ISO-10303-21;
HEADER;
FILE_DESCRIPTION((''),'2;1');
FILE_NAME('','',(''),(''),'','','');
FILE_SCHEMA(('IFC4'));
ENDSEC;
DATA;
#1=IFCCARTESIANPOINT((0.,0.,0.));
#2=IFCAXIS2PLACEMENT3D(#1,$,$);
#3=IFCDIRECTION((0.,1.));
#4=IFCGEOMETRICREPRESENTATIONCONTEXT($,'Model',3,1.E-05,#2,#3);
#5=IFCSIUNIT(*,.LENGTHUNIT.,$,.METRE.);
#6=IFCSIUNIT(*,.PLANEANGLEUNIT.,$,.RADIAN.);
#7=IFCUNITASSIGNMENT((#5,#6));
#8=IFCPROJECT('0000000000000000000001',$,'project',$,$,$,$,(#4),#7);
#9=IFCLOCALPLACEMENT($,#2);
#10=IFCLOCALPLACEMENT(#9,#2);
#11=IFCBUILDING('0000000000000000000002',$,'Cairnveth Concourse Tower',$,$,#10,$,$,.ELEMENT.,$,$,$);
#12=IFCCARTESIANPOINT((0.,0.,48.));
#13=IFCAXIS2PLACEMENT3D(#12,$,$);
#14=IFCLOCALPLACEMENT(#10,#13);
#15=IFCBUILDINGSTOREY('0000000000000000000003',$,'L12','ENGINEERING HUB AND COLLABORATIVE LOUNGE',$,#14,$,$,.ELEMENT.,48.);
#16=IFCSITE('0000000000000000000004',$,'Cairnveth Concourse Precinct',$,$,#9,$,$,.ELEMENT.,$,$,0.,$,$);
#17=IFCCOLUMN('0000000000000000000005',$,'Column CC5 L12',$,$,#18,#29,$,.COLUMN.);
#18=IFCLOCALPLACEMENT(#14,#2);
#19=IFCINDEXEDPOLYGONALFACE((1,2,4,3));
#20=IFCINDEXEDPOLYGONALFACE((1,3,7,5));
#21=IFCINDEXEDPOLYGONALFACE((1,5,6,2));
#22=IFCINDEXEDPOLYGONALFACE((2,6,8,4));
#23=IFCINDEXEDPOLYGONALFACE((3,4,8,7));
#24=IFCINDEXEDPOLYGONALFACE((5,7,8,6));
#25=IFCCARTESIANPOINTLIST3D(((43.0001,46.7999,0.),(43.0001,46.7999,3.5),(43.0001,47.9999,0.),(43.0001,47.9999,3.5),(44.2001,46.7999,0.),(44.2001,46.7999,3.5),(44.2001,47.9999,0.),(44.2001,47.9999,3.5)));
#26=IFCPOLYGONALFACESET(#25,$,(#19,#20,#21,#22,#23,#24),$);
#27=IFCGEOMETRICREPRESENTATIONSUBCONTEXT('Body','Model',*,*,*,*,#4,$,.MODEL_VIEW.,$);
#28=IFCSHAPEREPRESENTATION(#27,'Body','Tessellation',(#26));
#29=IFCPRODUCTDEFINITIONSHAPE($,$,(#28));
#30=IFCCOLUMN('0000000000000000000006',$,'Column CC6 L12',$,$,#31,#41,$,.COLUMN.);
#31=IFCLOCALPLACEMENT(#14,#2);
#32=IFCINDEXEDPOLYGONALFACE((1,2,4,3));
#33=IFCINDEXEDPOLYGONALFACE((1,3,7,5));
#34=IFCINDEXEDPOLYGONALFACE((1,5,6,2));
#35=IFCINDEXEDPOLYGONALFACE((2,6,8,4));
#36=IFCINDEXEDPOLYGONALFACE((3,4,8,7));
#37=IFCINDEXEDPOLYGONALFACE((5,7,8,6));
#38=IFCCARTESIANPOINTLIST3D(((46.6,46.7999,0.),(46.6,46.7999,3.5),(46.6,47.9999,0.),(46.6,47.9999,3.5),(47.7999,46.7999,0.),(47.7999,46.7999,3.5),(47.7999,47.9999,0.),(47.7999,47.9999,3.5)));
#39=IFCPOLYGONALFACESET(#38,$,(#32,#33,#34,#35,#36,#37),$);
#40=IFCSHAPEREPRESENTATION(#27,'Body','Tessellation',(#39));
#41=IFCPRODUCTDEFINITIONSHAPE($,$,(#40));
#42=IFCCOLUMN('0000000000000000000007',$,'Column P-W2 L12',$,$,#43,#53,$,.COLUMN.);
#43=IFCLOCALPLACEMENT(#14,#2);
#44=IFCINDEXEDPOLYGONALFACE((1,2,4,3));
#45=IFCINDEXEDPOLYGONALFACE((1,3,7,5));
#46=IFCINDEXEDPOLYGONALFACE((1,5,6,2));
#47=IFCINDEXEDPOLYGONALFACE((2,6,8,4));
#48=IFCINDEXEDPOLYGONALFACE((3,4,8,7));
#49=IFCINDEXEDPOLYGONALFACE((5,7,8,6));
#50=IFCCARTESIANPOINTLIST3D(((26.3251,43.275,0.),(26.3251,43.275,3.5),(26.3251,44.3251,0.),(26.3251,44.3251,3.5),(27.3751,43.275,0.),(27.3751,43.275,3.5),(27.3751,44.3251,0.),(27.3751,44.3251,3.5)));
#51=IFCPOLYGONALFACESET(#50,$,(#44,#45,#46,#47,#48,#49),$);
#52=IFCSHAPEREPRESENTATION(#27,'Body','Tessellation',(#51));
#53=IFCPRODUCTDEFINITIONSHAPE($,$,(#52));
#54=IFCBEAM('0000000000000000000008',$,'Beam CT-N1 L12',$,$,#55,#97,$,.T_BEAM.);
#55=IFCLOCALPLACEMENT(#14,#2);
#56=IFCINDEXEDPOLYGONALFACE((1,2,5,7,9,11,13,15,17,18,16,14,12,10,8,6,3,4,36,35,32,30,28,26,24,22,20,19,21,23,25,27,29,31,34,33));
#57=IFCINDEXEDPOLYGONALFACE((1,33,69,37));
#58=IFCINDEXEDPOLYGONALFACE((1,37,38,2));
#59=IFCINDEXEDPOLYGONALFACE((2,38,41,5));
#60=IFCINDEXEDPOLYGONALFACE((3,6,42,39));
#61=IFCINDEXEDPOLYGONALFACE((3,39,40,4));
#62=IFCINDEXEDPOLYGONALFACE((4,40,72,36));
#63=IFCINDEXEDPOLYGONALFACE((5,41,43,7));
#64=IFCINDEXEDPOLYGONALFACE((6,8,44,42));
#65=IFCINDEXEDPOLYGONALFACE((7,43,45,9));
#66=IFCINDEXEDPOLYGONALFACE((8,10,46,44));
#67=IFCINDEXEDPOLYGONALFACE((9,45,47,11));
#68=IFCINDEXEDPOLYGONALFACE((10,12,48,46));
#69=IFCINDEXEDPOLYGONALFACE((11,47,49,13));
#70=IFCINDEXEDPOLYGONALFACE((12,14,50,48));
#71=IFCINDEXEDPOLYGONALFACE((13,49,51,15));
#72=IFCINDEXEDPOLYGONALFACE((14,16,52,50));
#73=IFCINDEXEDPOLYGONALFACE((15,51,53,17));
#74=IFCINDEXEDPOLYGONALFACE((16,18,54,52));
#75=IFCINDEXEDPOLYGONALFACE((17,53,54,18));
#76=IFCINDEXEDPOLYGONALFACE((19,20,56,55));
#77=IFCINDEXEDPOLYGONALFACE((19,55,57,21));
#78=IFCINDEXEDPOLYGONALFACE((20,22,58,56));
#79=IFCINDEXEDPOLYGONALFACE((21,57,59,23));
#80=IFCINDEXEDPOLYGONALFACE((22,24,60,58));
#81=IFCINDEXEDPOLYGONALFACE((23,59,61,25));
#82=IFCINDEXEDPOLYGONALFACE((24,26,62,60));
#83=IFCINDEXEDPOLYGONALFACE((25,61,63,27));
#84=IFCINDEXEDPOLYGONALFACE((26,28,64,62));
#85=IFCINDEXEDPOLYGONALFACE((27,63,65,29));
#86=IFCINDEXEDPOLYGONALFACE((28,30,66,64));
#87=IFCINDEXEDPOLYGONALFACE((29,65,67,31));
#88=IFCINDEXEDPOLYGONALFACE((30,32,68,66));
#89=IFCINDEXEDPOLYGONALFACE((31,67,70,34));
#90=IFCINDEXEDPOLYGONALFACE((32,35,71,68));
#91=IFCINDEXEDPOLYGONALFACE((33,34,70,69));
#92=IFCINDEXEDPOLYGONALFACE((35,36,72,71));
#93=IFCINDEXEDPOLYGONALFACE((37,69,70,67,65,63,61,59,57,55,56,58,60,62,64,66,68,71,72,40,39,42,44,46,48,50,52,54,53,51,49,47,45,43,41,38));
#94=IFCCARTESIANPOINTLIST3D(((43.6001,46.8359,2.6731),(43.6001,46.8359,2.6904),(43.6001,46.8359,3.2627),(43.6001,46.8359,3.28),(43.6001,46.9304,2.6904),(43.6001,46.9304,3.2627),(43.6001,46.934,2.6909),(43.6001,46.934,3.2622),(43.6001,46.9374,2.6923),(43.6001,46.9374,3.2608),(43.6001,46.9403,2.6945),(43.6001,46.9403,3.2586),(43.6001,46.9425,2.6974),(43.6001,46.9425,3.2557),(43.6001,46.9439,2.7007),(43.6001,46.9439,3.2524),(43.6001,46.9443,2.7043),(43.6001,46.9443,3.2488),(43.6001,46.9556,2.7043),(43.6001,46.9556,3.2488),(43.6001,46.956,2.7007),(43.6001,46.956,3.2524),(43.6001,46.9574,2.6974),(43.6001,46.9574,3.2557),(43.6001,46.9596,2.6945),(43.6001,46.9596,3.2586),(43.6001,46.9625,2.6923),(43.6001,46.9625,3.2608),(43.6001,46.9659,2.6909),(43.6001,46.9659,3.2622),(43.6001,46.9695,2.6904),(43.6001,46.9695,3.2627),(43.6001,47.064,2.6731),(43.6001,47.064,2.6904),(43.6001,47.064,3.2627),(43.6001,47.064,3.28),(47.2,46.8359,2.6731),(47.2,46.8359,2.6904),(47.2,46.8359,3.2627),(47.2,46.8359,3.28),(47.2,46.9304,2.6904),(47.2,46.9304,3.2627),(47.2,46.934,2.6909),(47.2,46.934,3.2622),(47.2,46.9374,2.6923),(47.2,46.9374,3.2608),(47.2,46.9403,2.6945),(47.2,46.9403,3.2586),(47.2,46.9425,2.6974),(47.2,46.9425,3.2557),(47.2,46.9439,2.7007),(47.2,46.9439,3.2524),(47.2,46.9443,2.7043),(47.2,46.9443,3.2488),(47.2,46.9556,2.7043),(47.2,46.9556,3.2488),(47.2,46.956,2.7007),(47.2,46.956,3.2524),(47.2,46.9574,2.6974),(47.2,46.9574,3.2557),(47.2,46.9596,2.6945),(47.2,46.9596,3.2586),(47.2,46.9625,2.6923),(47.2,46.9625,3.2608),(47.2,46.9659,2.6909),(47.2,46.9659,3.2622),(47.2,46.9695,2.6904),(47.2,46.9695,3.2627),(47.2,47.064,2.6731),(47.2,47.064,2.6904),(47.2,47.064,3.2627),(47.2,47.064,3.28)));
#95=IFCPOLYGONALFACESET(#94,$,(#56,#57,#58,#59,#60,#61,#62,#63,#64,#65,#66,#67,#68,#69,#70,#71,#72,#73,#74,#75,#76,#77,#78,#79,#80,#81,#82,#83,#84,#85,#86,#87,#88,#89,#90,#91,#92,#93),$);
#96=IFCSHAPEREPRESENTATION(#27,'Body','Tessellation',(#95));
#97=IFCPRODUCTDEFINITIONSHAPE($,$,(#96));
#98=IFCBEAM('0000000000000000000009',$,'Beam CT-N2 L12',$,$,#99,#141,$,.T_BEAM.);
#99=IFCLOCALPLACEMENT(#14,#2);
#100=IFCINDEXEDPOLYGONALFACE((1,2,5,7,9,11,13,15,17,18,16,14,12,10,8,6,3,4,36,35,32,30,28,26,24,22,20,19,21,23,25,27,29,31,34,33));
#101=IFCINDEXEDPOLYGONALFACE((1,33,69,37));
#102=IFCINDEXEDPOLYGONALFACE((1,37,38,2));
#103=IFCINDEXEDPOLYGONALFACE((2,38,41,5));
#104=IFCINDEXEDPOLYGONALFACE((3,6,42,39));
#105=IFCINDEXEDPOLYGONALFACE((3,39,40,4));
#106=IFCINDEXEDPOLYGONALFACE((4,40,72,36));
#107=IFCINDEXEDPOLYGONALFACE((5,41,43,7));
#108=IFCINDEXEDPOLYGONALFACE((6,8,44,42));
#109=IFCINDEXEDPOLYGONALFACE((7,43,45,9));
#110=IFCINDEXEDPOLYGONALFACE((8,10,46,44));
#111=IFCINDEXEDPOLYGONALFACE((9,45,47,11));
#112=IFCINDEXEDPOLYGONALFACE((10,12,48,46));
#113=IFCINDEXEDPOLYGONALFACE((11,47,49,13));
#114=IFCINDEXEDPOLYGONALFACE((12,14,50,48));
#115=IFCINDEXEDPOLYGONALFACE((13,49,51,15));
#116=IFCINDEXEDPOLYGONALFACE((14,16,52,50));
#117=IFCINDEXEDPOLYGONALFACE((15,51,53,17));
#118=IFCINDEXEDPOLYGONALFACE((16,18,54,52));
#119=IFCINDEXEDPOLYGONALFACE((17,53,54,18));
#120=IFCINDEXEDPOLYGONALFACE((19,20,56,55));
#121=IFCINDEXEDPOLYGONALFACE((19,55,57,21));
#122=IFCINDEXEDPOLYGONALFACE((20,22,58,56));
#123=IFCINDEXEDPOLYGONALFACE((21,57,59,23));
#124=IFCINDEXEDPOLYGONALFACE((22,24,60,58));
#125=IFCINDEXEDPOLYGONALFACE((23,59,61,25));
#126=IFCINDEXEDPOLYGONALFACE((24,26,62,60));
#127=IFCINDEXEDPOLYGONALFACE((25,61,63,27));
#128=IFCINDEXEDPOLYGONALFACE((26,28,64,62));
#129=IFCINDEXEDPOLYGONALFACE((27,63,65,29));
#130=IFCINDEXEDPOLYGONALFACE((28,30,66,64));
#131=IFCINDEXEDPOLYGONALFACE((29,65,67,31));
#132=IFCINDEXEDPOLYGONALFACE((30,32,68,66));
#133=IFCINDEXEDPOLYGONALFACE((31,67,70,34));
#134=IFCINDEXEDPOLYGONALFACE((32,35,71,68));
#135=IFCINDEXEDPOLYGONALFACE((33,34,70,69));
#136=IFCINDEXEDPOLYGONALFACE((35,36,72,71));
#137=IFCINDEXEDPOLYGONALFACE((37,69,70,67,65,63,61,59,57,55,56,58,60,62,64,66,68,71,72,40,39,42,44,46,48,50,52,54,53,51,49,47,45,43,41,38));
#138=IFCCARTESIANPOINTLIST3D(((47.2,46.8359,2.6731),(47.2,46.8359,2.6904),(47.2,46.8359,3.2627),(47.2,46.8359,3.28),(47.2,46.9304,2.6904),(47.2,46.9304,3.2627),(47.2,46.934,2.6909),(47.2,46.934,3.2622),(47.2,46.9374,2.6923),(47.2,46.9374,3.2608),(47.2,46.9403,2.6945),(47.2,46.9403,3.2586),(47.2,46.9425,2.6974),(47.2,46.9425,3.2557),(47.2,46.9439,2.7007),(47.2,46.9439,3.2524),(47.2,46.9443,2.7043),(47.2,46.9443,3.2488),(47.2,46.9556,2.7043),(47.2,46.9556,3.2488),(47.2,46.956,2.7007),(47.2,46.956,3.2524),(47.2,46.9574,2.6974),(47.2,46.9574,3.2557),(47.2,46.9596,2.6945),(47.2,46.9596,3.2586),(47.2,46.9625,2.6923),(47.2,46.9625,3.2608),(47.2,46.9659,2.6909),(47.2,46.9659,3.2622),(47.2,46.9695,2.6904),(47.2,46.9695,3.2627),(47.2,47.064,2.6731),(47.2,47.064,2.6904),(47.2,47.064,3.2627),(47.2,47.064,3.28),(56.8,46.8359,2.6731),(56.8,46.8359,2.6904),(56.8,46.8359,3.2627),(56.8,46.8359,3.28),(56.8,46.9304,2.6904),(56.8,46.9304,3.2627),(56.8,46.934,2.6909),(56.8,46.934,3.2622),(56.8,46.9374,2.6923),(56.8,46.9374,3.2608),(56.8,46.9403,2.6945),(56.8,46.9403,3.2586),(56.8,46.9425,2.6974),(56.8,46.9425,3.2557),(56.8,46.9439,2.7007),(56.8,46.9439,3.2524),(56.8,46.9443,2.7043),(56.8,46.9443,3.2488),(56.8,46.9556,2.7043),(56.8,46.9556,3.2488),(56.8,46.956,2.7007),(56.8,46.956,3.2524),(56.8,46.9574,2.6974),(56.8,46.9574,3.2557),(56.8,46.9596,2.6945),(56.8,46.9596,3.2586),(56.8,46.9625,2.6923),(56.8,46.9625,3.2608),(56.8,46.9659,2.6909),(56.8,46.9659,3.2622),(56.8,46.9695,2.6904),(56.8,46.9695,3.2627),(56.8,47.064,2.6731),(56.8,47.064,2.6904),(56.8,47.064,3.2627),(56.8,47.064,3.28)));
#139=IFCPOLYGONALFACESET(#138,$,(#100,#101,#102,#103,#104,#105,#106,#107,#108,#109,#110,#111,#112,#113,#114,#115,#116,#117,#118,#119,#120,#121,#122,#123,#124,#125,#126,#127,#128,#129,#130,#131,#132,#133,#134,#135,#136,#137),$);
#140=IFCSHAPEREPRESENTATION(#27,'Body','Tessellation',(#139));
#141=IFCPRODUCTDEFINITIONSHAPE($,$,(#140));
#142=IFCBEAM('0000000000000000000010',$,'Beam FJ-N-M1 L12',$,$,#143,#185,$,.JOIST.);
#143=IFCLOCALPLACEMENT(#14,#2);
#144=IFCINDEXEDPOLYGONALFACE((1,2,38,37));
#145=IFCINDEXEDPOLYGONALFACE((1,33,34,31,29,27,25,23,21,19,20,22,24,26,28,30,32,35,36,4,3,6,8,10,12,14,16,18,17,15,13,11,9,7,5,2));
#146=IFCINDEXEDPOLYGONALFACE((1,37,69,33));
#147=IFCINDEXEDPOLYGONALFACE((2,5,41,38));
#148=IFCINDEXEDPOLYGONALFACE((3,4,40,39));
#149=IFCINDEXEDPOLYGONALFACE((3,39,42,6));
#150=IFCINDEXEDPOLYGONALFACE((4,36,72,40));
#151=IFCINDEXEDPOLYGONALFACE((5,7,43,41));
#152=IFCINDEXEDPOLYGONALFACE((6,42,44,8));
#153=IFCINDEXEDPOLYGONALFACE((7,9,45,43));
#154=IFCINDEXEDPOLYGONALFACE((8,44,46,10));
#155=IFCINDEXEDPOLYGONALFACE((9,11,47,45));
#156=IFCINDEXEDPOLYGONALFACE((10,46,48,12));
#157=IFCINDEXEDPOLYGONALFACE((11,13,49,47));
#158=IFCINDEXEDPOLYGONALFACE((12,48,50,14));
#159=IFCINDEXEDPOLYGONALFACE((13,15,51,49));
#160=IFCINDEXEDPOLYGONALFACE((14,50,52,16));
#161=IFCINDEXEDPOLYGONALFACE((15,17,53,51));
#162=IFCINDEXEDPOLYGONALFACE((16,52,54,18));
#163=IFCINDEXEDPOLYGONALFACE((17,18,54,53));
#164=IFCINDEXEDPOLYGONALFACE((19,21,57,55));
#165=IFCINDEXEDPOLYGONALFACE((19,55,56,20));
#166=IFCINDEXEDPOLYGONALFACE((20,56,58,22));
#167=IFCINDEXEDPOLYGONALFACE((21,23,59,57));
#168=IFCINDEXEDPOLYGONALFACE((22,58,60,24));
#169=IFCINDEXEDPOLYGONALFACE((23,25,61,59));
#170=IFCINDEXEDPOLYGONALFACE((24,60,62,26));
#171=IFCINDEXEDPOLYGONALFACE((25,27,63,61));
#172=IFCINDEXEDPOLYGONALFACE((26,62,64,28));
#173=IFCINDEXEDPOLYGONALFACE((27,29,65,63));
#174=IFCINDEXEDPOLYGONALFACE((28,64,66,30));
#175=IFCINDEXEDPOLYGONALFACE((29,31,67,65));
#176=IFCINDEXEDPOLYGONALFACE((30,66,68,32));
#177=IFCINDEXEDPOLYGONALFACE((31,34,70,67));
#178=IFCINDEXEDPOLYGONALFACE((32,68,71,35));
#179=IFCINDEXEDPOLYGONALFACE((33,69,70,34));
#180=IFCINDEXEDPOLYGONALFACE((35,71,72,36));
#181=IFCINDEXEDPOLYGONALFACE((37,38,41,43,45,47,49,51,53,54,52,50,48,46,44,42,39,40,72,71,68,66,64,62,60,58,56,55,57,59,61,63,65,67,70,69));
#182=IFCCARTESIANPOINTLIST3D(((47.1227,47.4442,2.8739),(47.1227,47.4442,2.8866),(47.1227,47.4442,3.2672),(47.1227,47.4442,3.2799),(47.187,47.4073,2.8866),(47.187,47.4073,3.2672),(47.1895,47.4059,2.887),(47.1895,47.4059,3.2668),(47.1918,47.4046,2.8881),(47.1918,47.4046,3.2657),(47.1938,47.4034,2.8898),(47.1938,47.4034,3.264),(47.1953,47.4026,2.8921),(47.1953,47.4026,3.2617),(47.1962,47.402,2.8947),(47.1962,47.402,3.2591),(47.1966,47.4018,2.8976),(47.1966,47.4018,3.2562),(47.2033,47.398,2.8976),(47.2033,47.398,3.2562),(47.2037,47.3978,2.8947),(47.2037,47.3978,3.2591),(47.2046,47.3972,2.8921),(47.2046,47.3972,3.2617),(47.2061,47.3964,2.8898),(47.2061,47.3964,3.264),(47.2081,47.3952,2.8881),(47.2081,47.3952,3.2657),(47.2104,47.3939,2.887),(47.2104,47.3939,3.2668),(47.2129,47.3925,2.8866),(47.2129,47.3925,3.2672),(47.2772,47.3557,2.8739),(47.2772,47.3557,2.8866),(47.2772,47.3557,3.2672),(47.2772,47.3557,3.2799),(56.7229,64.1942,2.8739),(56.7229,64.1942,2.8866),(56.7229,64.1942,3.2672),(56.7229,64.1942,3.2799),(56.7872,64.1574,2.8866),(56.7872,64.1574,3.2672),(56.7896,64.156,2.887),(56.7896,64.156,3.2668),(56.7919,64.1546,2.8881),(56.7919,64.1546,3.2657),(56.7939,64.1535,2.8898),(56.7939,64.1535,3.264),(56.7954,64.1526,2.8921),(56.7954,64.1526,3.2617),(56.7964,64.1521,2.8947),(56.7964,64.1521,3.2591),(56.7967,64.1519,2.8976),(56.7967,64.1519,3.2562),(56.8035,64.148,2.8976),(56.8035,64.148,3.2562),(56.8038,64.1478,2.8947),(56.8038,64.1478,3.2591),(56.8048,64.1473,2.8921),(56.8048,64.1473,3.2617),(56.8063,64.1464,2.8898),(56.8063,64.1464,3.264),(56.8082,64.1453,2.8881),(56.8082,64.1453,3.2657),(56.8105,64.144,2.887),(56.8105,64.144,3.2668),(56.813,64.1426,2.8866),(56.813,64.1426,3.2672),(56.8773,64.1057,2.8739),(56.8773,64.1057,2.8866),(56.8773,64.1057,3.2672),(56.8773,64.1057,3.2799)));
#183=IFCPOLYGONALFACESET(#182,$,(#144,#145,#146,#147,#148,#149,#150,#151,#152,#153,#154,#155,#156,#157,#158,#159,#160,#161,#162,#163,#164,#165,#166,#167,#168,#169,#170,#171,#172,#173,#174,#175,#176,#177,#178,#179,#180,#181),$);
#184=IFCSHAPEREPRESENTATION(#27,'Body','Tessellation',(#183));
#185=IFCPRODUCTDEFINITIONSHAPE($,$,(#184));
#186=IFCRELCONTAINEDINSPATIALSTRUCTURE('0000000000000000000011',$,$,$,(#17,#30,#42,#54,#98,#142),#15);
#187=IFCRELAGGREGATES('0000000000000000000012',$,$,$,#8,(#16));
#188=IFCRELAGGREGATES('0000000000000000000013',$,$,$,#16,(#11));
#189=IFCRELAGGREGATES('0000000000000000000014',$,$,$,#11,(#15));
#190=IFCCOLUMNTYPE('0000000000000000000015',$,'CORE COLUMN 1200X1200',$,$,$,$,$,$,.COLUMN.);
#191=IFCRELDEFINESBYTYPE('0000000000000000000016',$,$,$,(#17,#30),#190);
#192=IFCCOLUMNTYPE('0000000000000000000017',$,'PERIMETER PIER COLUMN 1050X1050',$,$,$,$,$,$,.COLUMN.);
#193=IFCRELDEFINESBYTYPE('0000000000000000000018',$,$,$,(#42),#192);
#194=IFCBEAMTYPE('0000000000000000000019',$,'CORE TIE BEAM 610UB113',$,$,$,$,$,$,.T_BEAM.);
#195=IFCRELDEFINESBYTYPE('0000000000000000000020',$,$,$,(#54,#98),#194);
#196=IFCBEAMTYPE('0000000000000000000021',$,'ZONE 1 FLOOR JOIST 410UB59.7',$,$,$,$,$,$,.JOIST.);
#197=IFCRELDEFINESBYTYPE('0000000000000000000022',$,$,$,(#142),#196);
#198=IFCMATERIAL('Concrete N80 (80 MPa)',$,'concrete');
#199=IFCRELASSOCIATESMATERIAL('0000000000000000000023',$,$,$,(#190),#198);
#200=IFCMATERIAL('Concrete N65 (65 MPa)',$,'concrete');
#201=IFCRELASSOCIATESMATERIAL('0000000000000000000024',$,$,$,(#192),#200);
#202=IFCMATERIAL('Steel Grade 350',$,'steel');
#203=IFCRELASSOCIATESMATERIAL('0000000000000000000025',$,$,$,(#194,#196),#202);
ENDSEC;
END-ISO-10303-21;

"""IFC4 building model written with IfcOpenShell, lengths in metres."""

from ifc_helpers import new_model, si_unit, direction, frame, origin, origin_2d, place, context, subcontext, project, spatial, rectangle, i_section, extrude, material, material_profile, profile_set, type_object, element, save


model = new_model("IFC4")

# Units and contexts
model_context = context("Model", 3, precision=1e-05, world=origin(), true_north=direction((0.0, 1.0)))
body_context = subcontext(model_context, "Body", "Model", "MODEL_VIEW")
ifc_project = project(units=[si_unit("LENGTHUNIT", "METRE"), si_unit("PLANEANGLEUNIT", "RADIAN")], contexts=[model_context])

# Site, building, storey
site_placement = place(None, origin())
site = spatial("IfcSite", under=ifc_project, at=site_placement, Name="Cairnveth Concourse Precinct", CompositionType="ELEMENT", RefElevation=0.0)
building_placement = place(site_placement, origin())
building = spatial("IfcBuilding", under=site, at=building_placement, Name="Cairnveth Concourse Tower", CompositionType="ELEMENT")
storey_placement = place(building_placement, frame((0.0, 0.0, 48.0)))
storey = spatial("IfcBuildingStorey", under=building, at=storey_placement, Name="L12", Description="ENGINEERING HUB AND COLLABORATIVE LOUNGE", CompositionType="ELEMENT", Elevation=48.0)

# Columns
ifc_material_1 = material(Name="Concrete N80 (80 MPa)", Category="concrete")
ifc_material_profile_1 = material_profile(ifc_material_1, rectangle(XDim=1.2, YDim=1.2, at=origin_2d()), Name="RC-COL-1200x1200")
ifc_profile_set_1 = profile_set([ifc_material_profile_1], Name="Concrete N80 (80 MPa)")
column_type_1 = type_object("IfcColumnType", Name="CORE COLUMN 1200X1200", PredefinedType="COLUMN", material=ifc_profile_set_1)
for number, where, z_axis, x_axis, name in (
    (1, (43.6001, 47.3999, 0.0), (0.0, 0.0, 1.0), (1.0, 0.0, 0.0), "Column CC5 L12"),
    (2, (47.2, 47.3999, 0.0), (0.0, 0.0, 1.0), (1.0, 0.0, 0.0), "Column CC6 L12"),
):
    element("IfcColumn", number, at=place(storey_placement, frame(where, z_axis=z_axis, x_axis=x_axis)), inside=storey, type_object=column_type_1, Name=name, PredefinedType="COLUMN", context=body_context, shape_type="SweptSolid", body=[
        extrude(rectangle(XDim=1.2, YDim=1.2, at=origin_2d()), origin(), (0.0, 0.0, 1.0), 3.5),
    ])
ifc_material_2 = material(Name="Concrete N65 (65 MPa)", Category="concrete")
ifc_material_profile_2 = material_profile(ifc_material_2, rectangle(XDim=1.05, YDim=1.05, at=origin_2d()), Name="RC-COL-1050x1050")
ifc_profile_set_2 = profile_set([ifc_material_profile_2], Name="Concrete N65 (65 MPa)")
column_type_2 = type_object("IfcColumnType", Name="PERIMETER PIER COLUMN 1050X1050", PredefinedType="COLUMN", material=ifc_profile_set_2)
column_placement = place(storey_placement, frame((26.8501, 43.8, 0.0), z_axis=(0.0, 0.0, 1.0), x_axis=(0.0, 1.0, 0.0)))
element("IfcColumn", 3, at=column_placement, inside=storey, type_object=column_type_2, Name="Column P-W2 L12", PredefinedType="COLUMN", context=body_context, shape_type="SweptSolid", body=[
    extrude(rectangle(XDim=1.05, YDim=1.05, at=origin_2d()), origin(), (0.0, 0.0, 1.0), 3.5),
])

# Beams
ifc_material_3 = material(Name="Steel Grade 350", Category="steel")
ifc_material_profile_3 = material_profile(ifc_material_3, i_section(OverallWidth=0.228, OverallDepth=0.6069, WebThickness=0.0112, FlangeThickness=0.0173, FilletRadius=0.0139, at=origin_2d()), Name="610UB113")
ifc_profile_set_3 = profile_set([ifc_material_profile_3], Name="Steel Grade 350")
beam_type_1 = type_object("IfcBeamType", Name="CORE TIE BEAM 610UB113", PredefinedType="T_BEAM", material=ifc_profile_set_3)
beam_1_placement = place(storey_placement, frame((43.6001, 46.95, 2.9766), z_axis=(1.0, 0.0, 0.0), x_axis=(0.0, 1.0, 0.0)))
element("IfcBeam", 4, at=beam_1_placement, inside=storey, type_object=beam_type_1, Name="Beam CT-N1 L12", PredefinedType="T_BEAM", context=body_context, shape_type="SweptSolid", body=[
    extrude(i_section(OverallWidth=0.228, OverallDepth=0.6069, WebThickness=0.0112, FlangeThickness=0.0173, FilletRadius=0.0139, at=origin_2d()), origin(), (0.0, 0.0, 1.0), 3.5999),
])
beam_2_placement = place(storey_placement, frame((47.2, 46.95, 2.9766), z_axis=(1.0, 0.0, 0.0), x_axis=(0.0, 1.0, 0.0)))
element("IfcBeam", 5, at=beam_2_placement, inside=storey, type_object=beam_type_1, Name="Beam CT-N2 L12", PredefinedType="T_BEAM", context=body_context, shape_type="SweptSolid", body=[
    extrude(i_section(OverallWidth=0.228, OverallDepth=0.6069, WebThickness=0.0112, FlangeThickness=0.0173, FilletRadius=0.0139, at=origin_2d()), origin(), (0.0, 0.0, 1.0), 9.6001),
])
ifc_material_profile_4 = material_profile(ifc_material_3, i_section(OverallWidth=0.178, OverallDepth=0.406, WebThickness=0.0078, FlangeThickness=0.0127, FilletRadius=0.011, at=origin_2d()), Name="410UB59.7")
ifc_profile_set_4 = profile_set([ifc_material_profile_4], Name="Steel Grade 350")
beam_type_2 = type_object("IfcBeamType", Name="ZONE 1 FLOOR JOIST 410UB59.7", PredefinedType="JOIST", material=ifc_profile_set_4)
beam_3_placement = place(storey_placement, frame((47.2, 47.3999, 3.0769), z_axis=(0.497258, 0.867603, 0.0), x_axis=(-0.867603, 0.497258, 0.0)))
element("IfcBeam", 6, at=beam_3_placement, inside=storey, type_object=beam_type_2, Name="Beam FJ-N-M1 L12", PredefinedType="JOIST", context=body_context, shape_type="SweptSolid", body=[
    extrude(i_section(OverallWidth=0.178, OverallDepth=0.406, WebThickness=0.0078, FlangeThickness=0.0127, FilletRadius=0.011, at=origin_2d()), origin(), (0.0, 0.0, 1.0), 19.3062),
])

save(model, "model.ifc")
